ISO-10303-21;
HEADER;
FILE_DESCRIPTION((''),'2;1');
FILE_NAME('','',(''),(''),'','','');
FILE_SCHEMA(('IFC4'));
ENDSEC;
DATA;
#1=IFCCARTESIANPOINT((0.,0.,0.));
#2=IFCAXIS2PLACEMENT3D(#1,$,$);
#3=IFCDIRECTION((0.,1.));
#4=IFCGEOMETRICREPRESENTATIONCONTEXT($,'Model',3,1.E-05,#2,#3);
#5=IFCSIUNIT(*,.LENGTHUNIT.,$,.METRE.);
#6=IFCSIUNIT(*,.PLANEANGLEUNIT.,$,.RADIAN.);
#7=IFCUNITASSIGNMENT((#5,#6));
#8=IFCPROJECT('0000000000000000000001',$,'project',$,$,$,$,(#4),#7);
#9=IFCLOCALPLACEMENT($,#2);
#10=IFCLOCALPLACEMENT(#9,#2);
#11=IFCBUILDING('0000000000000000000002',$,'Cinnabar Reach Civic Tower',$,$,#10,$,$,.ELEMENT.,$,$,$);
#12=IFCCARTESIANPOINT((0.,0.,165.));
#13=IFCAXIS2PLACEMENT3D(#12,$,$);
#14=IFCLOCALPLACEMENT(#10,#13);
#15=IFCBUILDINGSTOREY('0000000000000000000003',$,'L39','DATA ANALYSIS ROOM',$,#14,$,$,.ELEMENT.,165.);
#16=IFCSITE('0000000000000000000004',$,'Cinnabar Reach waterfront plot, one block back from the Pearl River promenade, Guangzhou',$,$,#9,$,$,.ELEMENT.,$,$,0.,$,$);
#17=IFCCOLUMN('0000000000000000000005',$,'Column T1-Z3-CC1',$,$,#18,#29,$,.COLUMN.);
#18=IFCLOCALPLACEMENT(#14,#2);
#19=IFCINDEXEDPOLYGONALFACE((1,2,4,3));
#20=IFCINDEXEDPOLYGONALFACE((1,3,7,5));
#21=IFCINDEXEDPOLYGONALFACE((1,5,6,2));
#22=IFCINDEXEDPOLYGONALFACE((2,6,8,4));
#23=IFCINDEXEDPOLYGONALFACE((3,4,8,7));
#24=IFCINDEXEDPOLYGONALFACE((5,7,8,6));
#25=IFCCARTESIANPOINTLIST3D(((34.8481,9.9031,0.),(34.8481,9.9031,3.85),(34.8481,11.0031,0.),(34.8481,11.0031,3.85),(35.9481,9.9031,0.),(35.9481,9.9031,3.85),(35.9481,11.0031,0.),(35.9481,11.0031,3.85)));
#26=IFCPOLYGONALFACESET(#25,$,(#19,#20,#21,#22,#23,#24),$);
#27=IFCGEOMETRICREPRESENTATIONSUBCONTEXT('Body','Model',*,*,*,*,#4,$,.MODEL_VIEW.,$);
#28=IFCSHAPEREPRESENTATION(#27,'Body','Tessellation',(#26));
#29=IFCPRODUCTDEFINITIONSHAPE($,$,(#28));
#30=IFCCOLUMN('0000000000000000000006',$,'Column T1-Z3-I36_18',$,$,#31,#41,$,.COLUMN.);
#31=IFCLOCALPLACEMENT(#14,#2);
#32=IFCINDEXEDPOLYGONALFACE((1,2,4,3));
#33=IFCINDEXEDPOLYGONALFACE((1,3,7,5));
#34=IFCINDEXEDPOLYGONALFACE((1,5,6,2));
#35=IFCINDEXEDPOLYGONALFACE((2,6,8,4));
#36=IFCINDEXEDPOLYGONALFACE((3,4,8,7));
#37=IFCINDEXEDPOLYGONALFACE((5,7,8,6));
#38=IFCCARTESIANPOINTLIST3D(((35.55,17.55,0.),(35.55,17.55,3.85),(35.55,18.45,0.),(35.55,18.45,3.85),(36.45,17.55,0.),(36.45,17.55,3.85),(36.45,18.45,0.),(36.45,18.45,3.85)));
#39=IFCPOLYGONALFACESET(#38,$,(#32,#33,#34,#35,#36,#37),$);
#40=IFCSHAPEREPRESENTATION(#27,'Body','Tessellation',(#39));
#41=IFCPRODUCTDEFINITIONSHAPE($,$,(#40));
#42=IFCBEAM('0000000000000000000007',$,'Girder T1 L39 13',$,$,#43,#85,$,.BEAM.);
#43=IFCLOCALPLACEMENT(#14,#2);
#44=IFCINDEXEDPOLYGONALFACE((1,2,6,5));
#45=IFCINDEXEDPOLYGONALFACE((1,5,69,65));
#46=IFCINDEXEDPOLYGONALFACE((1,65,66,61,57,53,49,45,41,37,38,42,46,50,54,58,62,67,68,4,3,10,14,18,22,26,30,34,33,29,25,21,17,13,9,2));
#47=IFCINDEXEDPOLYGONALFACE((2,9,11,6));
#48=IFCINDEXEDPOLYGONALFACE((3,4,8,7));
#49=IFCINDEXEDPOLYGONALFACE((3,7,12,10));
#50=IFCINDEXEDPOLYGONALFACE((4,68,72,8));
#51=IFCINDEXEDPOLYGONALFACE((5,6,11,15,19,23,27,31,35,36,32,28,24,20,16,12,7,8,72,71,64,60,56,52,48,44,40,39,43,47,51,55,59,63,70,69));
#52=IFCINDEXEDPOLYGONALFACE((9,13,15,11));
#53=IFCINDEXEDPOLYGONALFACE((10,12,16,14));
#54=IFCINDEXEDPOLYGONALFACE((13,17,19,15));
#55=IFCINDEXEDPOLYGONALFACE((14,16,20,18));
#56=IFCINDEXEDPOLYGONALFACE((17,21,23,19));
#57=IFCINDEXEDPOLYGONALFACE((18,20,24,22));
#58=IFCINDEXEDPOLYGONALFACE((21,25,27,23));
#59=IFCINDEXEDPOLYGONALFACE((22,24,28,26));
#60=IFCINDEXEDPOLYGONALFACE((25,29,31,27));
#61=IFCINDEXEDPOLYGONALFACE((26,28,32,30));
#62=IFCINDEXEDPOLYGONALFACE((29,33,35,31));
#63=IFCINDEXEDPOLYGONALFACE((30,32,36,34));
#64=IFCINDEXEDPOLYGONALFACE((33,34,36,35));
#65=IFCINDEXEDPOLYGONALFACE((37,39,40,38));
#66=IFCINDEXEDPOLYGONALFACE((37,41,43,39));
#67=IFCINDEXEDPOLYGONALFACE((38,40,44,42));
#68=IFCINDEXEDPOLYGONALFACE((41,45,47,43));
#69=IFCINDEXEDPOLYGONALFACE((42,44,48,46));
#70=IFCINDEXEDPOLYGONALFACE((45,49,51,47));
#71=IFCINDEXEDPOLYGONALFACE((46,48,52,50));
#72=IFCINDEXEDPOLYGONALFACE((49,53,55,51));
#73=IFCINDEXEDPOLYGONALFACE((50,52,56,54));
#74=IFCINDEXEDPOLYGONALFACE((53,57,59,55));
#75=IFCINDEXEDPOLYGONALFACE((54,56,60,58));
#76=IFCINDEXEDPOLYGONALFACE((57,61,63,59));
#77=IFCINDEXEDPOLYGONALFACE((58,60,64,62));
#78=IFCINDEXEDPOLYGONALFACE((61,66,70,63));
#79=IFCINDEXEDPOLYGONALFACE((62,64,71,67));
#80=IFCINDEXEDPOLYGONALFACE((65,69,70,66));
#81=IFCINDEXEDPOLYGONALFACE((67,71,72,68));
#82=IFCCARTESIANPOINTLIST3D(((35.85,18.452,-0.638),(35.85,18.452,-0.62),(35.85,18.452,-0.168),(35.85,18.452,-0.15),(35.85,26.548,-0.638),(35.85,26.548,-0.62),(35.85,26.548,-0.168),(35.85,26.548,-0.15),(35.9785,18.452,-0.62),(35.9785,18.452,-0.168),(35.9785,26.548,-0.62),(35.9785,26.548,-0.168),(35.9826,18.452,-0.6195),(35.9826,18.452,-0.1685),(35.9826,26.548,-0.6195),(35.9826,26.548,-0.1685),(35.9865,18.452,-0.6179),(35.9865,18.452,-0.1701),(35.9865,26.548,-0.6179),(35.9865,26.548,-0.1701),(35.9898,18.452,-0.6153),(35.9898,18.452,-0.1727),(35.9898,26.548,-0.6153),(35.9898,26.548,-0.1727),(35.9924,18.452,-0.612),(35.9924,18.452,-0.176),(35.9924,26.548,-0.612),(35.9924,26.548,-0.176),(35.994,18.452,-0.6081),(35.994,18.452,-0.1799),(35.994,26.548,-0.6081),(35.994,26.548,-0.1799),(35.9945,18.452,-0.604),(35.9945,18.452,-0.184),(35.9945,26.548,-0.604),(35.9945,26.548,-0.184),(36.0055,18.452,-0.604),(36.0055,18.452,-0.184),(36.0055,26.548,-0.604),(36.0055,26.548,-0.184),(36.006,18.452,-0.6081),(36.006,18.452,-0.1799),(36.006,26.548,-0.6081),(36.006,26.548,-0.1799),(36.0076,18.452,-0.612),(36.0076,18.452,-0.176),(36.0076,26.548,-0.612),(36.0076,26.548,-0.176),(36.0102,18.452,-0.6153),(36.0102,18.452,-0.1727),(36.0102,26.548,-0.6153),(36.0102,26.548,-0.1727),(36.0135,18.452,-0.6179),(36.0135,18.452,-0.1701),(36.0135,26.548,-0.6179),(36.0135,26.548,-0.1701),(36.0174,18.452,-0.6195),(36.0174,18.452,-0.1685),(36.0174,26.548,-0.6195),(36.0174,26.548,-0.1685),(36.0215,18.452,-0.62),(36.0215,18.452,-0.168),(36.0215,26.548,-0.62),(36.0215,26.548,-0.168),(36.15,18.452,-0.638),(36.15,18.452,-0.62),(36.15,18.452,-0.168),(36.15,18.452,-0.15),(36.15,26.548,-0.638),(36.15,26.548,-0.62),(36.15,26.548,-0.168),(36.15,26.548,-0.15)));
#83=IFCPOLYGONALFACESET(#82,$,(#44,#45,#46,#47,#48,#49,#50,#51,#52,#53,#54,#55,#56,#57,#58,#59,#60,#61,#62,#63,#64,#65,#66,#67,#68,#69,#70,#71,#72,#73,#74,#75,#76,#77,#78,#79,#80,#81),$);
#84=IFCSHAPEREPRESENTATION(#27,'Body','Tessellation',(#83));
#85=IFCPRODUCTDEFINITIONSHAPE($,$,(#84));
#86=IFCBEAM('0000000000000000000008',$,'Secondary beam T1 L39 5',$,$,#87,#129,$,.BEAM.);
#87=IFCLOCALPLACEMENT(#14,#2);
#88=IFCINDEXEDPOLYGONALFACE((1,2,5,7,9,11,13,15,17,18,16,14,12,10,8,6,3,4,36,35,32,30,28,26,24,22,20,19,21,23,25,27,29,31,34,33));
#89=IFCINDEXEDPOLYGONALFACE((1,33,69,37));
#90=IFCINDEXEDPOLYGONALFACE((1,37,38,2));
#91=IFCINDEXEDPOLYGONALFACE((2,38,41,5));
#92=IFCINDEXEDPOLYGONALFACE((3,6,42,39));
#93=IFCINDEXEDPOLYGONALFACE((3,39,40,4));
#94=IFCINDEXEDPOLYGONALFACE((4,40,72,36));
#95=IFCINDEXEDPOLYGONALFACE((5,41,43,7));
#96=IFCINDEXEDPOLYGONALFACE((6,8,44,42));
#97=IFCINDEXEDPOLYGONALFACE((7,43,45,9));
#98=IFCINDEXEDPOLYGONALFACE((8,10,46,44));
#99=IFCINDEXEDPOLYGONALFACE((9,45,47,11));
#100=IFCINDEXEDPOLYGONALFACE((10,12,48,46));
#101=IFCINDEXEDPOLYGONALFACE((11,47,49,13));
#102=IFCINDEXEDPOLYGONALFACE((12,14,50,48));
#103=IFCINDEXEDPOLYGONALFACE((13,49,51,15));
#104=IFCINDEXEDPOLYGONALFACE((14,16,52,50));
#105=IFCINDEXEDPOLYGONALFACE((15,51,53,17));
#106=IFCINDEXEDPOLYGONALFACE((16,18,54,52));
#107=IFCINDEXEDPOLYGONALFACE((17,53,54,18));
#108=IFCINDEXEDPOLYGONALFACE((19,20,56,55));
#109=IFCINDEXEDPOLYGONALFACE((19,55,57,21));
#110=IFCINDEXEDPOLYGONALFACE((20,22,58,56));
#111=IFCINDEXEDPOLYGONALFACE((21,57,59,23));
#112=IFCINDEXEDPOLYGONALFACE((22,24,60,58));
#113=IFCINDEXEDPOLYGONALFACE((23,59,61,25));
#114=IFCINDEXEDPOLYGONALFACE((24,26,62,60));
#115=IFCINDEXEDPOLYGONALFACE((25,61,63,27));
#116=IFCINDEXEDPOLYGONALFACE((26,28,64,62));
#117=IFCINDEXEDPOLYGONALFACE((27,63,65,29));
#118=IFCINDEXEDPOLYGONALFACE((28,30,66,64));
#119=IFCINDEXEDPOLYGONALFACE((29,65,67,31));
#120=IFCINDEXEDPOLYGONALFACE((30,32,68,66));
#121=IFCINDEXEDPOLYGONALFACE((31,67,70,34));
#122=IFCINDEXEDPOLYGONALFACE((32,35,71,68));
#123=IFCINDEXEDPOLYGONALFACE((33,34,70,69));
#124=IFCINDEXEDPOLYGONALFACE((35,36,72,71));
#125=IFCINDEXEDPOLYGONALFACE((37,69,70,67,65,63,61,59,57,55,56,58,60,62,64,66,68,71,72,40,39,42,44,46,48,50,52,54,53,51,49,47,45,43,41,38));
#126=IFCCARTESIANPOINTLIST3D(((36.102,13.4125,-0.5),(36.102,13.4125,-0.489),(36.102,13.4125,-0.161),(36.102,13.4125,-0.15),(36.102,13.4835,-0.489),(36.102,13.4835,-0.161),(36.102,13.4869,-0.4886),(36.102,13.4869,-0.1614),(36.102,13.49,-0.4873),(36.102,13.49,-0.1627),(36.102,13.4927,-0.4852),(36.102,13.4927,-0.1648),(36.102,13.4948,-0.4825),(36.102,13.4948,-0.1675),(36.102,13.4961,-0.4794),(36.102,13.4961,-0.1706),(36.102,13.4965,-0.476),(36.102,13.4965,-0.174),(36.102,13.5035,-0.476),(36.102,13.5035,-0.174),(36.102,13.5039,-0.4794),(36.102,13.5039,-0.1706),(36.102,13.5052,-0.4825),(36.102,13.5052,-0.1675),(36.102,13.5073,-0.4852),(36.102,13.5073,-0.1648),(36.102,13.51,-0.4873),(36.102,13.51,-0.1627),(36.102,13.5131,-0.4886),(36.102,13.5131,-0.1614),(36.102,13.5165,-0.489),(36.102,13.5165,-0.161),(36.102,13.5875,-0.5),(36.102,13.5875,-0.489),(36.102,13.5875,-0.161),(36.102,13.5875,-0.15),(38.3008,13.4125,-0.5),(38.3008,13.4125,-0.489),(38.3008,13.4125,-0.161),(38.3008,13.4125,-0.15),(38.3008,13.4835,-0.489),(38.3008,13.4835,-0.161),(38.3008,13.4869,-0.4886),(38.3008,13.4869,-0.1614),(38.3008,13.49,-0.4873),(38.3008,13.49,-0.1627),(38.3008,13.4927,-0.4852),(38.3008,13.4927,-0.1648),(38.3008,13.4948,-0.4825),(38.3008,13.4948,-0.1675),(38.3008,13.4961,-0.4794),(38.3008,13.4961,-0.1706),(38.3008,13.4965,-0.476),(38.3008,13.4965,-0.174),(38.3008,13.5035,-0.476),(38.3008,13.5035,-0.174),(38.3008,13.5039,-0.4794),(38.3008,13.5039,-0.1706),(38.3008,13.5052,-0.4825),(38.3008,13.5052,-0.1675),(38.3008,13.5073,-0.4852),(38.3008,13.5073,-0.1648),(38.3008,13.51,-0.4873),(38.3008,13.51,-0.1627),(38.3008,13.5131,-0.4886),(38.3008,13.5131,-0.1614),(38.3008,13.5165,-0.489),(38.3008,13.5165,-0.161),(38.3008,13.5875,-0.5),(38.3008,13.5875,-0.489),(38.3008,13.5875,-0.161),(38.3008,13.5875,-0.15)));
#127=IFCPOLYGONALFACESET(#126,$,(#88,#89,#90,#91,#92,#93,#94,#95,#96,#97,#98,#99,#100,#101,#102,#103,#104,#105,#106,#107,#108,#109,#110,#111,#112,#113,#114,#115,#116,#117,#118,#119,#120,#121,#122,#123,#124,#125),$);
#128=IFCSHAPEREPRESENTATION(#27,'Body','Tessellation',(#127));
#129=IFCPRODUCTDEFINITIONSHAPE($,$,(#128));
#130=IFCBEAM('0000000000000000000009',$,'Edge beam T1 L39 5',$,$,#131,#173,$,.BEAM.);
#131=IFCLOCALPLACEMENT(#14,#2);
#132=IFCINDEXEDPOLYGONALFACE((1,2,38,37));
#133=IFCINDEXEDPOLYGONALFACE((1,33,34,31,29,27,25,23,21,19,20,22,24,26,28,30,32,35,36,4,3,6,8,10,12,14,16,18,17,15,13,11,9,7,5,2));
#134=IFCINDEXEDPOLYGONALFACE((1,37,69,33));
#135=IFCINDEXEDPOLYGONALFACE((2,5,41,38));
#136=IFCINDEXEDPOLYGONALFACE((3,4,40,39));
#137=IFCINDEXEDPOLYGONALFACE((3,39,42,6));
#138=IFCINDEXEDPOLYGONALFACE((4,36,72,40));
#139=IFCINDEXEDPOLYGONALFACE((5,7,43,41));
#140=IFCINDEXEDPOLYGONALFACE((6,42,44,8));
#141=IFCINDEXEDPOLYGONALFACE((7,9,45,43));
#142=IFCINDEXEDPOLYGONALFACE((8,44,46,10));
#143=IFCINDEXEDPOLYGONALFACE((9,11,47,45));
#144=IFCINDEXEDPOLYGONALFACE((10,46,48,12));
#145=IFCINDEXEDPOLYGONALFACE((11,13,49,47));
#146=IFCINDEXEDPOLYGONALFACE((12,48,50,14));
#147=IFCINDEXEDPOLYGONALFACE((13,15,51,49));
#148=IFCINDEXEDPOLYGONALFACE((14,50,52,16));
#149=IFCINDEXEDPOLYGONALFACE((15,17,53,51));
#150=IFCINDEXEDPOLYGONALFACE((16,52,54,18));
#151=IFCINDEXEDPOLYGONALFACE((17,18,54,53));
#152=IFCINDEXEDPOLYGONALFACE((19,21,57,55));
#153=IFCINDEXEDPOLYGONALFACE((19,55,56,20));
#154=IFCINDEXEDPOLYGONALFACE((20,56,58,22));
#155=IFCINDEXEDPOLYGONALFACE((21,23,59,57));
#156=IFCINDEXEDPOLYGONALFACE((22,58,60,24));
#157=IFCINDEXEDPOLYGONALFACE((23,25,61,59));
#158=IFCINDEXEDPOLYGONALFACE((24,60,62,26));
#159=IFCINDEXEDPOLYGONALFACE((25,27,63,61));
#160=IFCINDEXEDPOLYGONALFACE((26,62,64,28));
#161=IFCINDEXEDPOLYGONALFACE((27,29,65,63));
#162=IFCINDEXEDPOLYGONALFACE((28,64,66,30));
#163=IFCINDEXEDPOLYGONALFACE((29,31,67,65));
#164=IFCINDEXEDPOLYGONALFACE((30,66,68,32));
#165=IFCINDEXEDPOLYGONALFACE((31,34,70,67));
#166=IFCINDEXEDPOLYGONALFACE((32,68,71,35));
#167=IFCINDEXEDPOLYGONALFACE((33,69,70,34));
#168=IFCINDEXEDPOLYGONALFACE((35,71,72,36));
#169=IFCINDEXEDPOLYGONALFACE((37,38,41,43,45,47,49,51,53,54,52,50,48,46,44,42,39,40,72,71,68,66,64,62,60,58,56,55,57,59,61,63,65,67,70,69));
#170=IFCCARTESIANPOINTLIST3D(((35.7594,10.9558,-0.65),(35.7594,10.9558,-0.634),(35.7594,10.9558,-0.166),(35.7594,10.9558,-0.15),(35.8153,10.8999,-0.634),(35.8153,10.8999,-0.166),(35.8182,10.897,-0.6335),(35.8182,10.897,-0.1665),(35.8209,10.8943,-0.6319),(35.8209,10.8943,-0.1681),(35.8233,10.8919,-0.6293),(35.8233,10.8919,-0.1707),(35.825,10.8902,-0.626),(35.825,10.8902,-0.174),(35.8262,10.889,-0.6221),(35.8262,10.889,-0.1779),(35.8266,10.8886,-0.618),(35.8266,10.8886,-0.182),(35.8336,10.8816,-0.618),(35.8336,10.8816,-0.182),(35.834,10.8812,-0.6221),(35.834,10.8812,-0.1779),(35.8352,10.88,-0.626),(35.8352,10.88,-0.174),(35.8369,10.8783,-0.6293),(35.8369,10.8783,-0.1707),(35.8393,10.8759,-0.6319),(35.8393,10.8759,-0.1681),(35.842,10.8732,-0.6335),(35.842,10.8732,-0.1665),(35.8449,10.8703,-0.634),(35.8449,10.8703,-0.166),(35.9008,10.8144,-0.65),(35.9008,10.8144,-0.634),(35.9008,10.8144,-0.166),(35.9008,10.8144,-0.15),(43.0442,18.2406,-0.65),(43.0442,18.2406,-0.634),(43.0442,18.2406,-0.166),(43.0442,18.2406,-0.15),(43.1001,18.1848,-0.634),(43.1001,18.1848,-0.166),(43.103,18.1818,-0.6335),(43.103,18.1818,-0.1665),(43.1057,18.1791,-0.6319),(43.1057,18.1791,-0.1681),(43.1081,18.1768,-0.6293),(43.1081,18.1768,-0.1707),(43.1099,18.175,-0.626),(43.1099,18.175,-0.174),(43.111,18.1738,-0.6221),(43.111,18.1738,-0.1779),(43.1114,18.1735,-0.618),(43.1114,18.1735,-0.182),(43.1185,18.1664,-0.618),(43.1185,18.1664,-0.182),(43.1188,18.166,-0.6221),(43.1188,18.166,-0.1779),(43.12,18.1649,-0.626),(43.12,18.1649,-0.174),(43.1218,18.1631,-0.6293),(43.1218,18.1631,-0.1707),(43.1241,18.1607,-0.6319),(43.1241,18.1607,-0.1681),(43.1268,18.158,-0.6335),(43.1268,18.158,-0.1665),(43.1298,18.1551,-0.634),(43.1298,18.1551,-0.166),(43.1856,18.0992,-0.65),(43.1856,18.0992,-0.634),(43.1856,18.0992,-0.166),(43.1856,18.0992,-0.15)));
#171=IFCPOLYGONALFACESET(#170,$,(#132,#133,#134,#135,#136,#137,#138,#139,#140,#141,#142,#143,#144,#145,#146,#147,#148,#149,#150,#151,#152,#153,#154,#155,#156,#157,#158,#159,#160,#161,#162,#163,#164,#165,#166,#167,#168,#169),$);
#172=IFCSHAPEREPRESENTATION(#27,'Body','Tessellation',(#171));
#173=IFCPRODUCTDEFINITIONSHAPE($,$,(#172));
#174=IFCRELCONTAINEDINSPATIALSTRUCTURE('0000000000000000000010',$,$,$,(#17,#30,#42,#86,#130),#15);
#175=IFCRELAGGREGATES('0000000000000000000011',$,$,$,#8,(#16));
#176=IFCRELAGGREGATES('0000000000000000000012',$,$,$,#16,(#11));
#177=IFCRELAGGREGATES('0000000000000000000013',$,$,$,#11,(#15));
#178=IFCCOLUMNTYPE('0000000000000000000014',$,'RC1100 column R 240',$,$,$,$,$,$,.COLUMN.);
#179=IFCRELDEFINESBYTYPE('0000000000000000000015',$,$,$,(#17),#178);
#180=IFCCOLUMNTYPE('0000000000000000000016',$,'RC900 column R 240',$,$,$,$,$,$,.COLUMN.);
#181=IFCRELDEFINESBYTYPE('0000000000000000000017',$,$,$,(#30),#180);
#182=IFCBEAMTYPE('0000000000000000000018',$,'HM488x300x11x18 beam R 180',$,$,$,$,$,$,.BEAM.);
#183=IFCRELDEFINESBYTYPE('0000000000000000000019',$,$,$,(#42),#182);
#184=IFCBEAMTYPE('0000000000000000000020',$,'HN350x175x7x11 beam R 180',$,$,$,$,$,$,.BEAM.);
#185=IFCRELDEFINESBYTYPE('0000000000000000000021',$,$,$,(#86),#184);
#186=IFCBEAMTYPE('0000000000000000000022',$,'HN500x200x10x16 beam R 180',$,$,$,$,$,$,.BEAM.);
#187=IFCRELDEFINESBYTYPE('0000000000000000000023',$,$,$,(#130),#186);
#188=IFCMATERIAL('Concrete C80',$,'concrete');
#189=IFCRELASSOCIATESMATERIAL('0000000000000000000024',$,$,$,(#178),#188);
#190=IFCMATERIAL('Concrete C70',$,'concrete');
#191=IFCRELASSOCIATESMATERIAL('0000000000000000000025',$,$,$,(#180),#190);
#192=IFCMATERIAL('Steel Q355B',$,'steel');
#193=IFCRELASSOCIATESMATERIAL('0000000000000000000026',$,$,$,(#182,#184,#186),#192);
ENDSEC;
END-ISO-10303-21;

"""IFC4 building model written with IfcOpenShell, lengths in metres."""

from ifc_helpers import new_model, si_unit, direction, frame, origin, origin_2d, place, context, subcontext, project, spatial, rectangle, i_section, extrude, material, material_profile, profile_set, type_object, element, save


model = new_model("IFC4")

# Units and contexts
model_context = context("Model", 3, precision=1e-05, world=origin(), true_north=direction((0.0, 1.0)))
body_context = subcontext(model_context, "Body", "Model", "MODEL_VIEW")
ifc_project = project(units=[si_unit("LENGTHUNIT", "METRE"), si_unit("PLANEANGLEUNIT", "RADIAN")], contexts=[model_context])

# Site, building, storey
site_placement = place(None, origin())
site = spatial("IfcSite", under=ifc_project, at=site_placement, Name="Cinnabar Reach waterfront plot, one block back from the Pearl River promenade, Guangzhou", CompositionType="ELEMENT", RefElevation=0.0)
building_placement = place(site_placement, origin())
building = spatial("IfcBuilding", under=site, at=building_placement, Name="Cinnabar Reach Civic Tower", CompositionType="ELEMENT")
storey_placement = place(building_placement, frame((0.0, 0.0, 165.0)))
storey = spatial("IfcBuildingStorey", under=building, at=storey_placement, Name="L39", Description="DATA ANALYSIS ROOM", CompositionType="ELEMENT", Elevation=165.0)

# Columns
ifc_material_1 = material(Name="Concrete C80", Category="concrete")
ifc_material_profile_1 = material_profile(ifc_material_1, rectangle(XDim=1.1, YDim=1.1, at=origin_2d()), Name="RC1100")
ifc_profile_set_1 = profile_set([ifc_material_profile_1], Name="Concrete C80")
column_type_1 = type_object("IfcColumnType", Name="RC1100 column R 240", PredefinedType="COLUMN", material=ifc_profile_set_1)
column_1_placement = place(storey_placement, frame((35.3981, 10.4531, 0.0), z_axis=(0.0, 0.0, 1.0), x_axis=(1.0, 0.0, 0.0)))
element("IfcColumn", 1, at=column_1_placement, inside=storey, type_object=column_type_1, Name="Column T1-Z3-CC1", PredefinedType="COLUMN", context=body_context, shape_type="SweptSolid", body=[
    extrude(rectangle(XDim=1.1, YDim=1.1, at=origin_2d()), origin(), (0.0, 0.0, 1.0), 3.85),
])
ifc_material_2 = material(Name="Concrete C70", Category="concrete")
ifc_material_profile_2 = material_profile(ifc_material_2, rectangle(XDim=0.9, YDim=0.9, at=origin_2d()), Name="RC900")
ifc_profile_set_2 = profile_set([ifc_material_profile_2], Name="Concrete C70")
column_type_2 = type_object("IfcColumnType", Name="RC900 column R 240", PredefinedType="COLUMN", material=ifc_profile_set_2)
column_2_placement = place(storey_placement, frame((36.0, 18.0, 0.0), z_axis=(0.0, 0.0, 1.0), x_axis=(1.0, 0.0, 0.0)))
element("IfcColumn", 2, at=column_2_placement, inside=storey, type_object=column_type_2, Name="Column T1-Z3-I36_18", PredefinedType="COLUMN", context=body_context, shape_type="SweptSolid", body=[
    extrude(rectangle(XDim=0.9, YDim=0.9, at=origin_2d()), origin(), (0.0, 0.0, 1.0), 3.85),
])

# Beams
ifc_material_3 = material(Name="Steel Q355B", Category="steel")
ifc_material_profile_3 = material_profile(ifc_material_3, i_section(OverallWidth=0.3, OverallDepth=0.488, WebThickness=0.011, FlangeThickness=0.018, FilletRadius=0.016, at=origin_2d()), Name="HM488x300x11x18")
ifc_profile_set_3 = profile_set([ifc_material_profile_3], Name="Steel Q355B")
beam_type_1 = type_object("IfcBeamType", Name="HM488x300x11x18 beam R 180", PredefinedType="BEAM", material=ifc_profile_set_3)
beam_1_placement = place(storey_placement, frame((36.0, 18.452, -0.394), z_axis=(0.0, 1.0, 0.0), x_axis=(-1.0, 0.0, 0.0)))
element("IfcBeam", 3, at=beam_1_placement, inside=storey, type_object=beam_type_1, Name="Girder T1 L39 13", PredefinedType="BEAM", context=body_context, shape_type="SweptSolid", body=[
    extrude(i_section(OverallWidth=0.3, OverallDepth=0.488, WebThickness=0.011, FlangeThickness=0.018, FilletRadius=0.016, at=origin_2d()), origin(), (0.0, 0.0, 1.0), 8.096),
])
ifc_material_profile_4 = material_profile(ifc_material_3, i_section(OverallWidth=0.175, OverallDepth=0.35, WebThickness=0.007, FlangeThickness=0.011, FilletRadius=0.013, at=origin_2d()), Name="HN350x175x7x11")
ifc_profile_set_4 = profile_set([ifc_material_profile_4], Name="Steel Q355B")
beam_type_2 = type_object("IfcBeamType", Name="HN350x175x7x11 beam R 180", PredefinedType="BEAM", material=ifc_profile_set_4)
beam_2_placement = place(storey_placement, frame((36.102, 13.5, -0.325), z_axis=(1.0, 0.0, 0.0), x_axis=(0.0, 1.0, 0.0)))
element("IfcBeam", 4, at=beam_2_placement, inside=storey, type_object=beam_type_2, Name="Secondary beam T1 L39 5", PredefinedType="BEAM", context=body_context, shape_type="SweptSolid", body=[
    extrude(i_section(OverallWidth=0.175, OverallDepth=0.35, WebThickness=0.007, FlangeThickness=0.011, FilletRadius=0.013, at=origin_2d()), origin(), (0.0, 0.0, 1.0), 2.1988),
])
ifc_material_profile_5 = material_profile(ifc_material_3, i_section(OverallWidth=0.2, OverallDepth=0.5, WebThickness=0.01, FlangeThickness=0.016, FilletRadius=0.016, at=origin_2d()), Name="HN500x200x10x16")
ifc_profile_set_5 = profile_set([ifc_material_profile_5], Name="Steel Q355B")
beam_type_3 = type_object("IfcBeamType", Name="HN500x200x10x16 beam R 180", PredefinedType="BEAM", material=ifc_profile_set_5)
beam_3_placement = place(storey_placement, frame((35.8301, 10.8851, -0.4), z_axis=(0.707107, 0.707107, 0.0), x_axis=(-0.707107, 0.707107, 0.0)))
element("IfcBeam", 5, at=beam_3_placement, inside=storey, type_object=beam_type_3, Name="Edge beam T1 L39 5", PredefinedType="BEAM", context=body_context, shape_type="SweptSolid", body=[
    extrude(i_section(OverallWidth=0.2, OverallDepth=0.5, WebThickness=0.01, FlangeThickness=0.016, FilletRadius=0.016, at=origin_2d()), origin(), (0.0, 0.0, 1.0), 10.3023),
])

save(model, "model.ifc")
